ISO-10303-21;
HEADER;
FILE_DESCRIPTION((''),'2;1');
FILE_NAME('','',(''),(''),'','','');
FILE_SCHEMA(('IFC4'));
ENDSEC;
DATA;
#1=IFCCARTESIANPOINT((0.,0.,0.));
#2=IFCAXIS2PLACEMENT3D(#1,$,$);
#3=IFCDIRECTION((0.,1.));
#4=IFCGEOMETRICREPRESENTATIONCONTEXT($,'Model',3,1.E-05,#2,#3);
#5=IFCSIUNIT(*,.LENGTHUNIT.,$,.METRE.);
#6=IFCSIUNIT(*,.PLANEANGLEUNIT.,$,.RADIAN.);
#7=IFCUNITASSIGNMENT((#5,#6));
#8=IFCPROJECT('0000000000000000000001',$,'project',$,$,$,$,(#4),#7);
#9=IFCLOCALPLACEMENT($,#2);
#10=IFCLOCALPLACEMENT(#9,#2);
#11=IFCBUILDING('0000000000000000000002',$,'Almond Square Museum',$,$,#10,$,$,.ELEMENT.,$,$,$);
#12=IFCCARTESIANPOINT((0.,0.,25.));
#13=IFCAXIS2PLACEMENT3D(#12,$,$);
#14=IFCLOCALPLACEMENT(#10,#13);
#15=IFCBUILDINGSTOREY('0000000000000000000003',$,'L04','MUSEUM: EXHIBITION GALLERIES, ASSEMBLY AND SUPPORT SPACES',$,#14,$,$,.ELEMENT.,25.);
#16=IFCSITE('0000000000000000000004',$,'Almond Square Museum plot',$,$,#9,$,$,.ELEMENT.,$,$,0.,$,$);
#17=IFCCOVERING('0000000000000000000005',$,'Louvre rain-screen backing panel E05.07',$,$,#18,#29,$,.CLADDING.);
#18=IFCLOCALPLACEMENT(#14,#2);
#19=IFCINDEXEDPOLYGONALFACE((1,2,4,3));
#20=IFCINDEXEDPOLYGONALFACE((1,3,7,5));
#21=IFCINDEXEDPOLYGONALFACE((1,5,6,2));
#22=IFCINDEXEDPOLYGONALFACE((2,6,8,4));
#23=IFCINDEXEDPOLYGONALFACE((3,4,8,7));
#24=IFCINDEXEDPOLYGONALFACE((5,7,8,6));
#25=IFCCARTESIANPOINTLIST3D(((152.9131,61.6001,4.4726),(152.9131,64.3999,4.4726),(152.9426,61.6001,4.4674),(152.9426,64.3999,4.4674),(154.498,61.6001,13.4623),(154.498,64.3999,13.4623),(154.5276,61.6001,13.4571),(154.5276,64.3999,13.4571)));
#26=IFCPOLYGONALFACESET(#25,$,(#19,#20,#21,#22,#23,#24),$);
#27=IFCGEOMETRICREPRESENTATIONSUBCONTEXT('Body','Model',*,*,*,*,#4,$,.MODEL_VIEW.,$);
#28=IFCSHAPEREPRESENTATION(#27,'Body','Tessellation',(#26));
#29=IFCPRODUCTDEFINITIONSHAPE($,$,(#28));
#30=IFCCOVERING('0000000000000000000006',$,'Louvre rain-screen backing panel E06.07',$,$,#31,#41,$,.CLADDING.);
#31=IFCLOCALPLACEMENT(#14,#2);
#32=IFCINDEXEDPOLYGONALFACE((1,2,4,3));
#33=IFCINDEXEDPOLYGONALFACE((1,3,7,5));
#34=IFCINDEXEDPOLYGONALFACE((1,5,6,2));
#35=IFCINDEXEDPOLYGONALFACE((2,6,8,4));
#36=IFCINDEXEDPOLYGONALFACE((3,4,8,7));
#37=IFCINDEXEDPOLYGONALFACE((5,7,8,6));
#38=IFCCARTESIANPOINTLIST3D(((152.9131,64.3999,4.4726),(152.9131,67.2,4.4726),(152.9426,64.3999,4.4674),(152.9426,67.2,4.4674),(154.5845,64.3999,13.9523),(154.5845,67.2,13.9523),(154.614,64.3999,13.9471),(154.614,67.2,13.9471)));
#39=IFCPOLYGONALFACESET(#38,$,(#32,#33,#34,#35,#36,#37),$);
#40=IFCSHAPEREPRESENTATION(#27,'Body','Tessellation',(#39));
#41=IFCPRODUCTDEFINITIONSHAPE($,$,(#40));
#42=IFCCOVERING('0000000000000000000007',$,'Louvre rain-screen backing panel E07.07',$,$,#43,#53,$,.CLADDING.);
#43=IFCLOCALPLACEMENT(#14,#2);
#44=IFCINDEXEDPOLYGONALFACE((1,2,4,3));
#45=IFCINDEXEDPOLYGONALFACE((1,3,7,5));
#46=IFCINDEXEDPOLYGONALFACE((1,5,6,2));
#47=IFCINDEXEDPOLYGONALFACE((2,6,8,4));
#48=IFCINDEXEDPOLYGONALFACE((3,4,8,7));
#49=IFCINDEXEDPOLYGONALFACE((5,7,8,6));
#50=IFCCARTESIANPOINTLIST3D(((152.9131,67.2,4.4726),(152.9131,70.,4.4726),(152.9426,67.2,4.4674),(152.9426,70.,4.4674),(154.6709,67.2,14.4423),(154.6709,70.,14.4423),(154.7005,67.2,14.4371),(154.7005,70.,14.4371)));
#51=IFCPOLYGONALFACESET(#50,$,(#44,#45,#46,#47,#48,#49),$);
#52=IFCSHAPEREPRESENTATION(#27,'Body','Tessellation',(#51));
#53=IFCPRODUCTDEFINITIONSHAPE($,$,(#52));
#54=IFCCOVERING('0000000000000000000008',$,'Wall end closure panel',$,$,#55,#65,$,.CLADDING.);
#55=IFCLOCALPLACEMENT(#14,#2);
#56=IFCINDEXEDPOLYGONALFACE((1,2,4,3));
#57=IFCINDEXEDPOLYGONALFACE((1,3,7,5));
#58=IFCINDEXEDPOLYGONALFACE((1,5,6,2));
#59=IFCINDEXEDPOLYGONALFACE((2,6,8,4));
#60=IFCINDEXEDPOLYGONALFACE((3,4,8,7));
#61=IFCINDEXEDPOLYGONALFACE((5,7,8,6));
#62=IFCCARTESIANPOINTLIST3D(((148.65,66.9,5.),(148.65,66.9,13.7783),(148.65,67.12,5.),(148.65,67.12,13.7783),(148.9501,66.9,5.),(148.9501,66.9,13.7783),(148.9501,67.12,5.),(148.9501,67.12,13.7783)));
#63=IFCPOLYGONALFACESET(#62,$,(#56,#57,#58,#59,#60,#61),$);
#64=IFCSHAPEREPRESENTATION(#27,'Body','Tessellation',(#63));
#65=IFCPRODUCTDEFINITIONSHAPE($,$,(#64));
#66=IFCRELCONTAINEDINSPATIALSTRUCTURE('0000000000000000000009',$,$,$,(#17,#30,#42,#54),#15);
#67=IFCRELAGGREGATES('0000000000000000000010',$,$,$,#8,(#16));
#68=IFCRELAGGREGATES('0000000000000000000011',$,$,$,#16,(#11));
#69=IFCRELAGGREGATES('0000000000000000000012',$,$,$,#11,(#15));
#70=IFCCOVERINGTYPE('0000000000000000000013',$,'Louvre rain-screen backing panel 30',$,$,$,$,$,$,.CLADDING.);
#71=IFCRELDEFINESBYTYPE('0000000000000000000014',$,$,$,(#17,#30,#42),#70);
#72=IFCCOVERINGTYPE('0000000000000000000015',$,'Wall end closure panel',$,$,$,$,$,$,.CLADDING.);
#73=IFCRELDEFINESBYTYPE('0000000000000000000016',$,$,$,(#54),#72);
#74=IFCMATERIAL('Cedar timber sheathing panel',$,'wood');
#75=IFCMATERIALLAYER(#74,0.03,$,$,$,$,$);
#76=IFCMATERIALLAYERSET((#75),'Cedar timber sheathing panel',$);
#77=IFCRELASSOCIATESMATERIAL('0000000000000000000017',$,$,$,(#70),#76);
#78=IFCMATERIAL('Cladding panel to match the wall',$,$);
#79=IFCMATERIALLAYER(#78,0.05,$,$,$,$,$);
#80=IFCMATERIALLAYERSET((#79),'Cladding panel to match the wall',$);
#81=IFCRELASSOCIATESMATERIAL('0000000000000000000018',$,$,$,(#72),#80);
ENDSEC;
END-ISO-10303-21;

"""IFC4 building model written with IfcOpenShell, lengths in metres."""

from ifc_helpers import new_model, si_unit, direction, frame, origin, origin_2d, place, context, subcontext, project, spatial, polyline, rectangle, outline, extrude, material, layer, layer_set, type_object, element, save


model = new_model("IFC4")

# Units and contexts
model_context = context("Model", 3, precision=1e-05, world=origin(), true_north=direction((0.0, 1.0)))
body_context = subcontext(model_context, "Body", "Model", "MODEL_VIEW")
ifc_project = project(units=[si_unit("LENGTHUNIT", "METRE"), si_unit("PLANEANGLEUNIT", "RADIAN")], contexts=[model_context])

# Site, building, storey
site_placement = place(None, origin())
site = spatial("IfcSite", under=ifc_project, at=site_placement, Name="Almond Square Museum plot", CompositionType="ELEMENT", RefElevation=0.0)
building_placement = place(site_placement, origin())
building = spatial("IfcBuilding", under=site, at=building_placement, Name="Almond Square Museum", CompositionType="ELEMENT")
storey_placement = place(building_placement, frame((0.0, 0.0, 25.0)))
storey = spatial("IfcBuildingStorey", under=building, at=storey_placement, Name="L04", Description="MUSEUM: EXHIBITION GALLERIES, ASSEMBLY AND SUPPORT SPACES", CompositionType="ELEMENT", Elevation=25.0)

# Coverings
ifc_material_1 = material(Name="Cedar timber sheathing panel", Category="wood")
ifc_layer_1 = layer(ifc_material_1, 0.03)
ifc_layer_set_1 = layer_set([ifc_layer_1], Name="Cedar timber sheathing panel")
covering_type_1 = type_object("IfcCoveringType", Name="Louvre rain-screen backing panel 30", PredefinedType="CLADDING", material=ifc_layer_set_1)
covering_1_placement = place(storey_placement, frame((152.928, 61.6001, 4.47), z_axis=(0.984811, 0.0, -0.17363), x_axis=(0.0, 1.0, 0.0)))
element("IfcCovering", 1, at=covering_1_placement, inside=storey, type_object=covering_type_1, Name="Louvre rain-screen backing panel E05.07", PredefinedType="CLADDING", context=body_context, shape_type="SweptSolid", body=[
    extrude(outline(polyline([(0.0, 0.0), (2.7998, 0.0), (2.7998, 9.1284), (0.0, 9.1284), (0.0, 0.0)])), frame((0.0, 0.0, -0.0151)), (0.0, 0.0, 1.0), 0.03),
])
covering_2_placement = place(storey_placement, frame((152.928, 64.3999, 4.47), z_axis=(0.98481, 0.0, -0.173633), x_axis=(0.0, 1.0, 0.0)))
element("IfcCovering", 2, at=covering_2_placement, inside=storey, type_object=covering_type_1, Name="Louvre rain-screen backing panel E06.07", PredefinedType="CLADDING", context=body_context, shape_type="SweptSolid", body=[
    extrude(outline(polyline([(0.0, 0.0), (2.8, 0.0), (2.8, 9.626), (0.0, 9.626), (0.0, 0.0)])), frame((0.0, 0.0, -0.0151)), (0.0, 0.0, 1.0), 0.03),
])
covering_3_placement = place(storey_placement, frame((152.928, 67.2, 4.47), z_axis=(0.98481, 0.0, -0.173637), x_axis=(0.0, 1.0, 0.0)))
element("IfcCovering", 3, at=covering_3_placement, inside=storey, type_object=covering_type_1, Name="Louvre rain-screen backing panel E07.07", PredefinedType="CLADDING", context=body_context, shape_type="SweptSolid", body=[
    extrude(outline(polyline([(0.0, 0.0), (2.8, 0.0), (2.8, 10.1235), (0.0, 10.1235), (0.0, 0.0)])), frame((0.0, 0.0, -0.0151)), (0.0, 0.0, 1.0), 0.03),
])
ifc_material_2 = material(Name="Cladding panel to match the wall")
ifc_layer_2 = layer(ifc_material_2, 0.05)
ifc_layer_set_2 = layer_set([ifc_layer_2], Name="Cladding panel to match the wall")
covering_type_2 = type_object("IfcCoveringType", Name="Wall end closure panel", PredefinedType="CLADDING", material=ifc_layer_set_2)
covering_4_placement = place(storey_placement, frame((148.8, 67.01, 5.0), z_axis=(0.0, 0.0, 1.0), x_axis=(1.0, 0.0, 0.0)))
element("IfcCovering", 4, at=covering_4_placement, inside=storey, type_object=covering_type_2, Name="Wall end closure panel", PredefinedType="CLADDING", context=body_context, shape_type="SweptSolid", body=[
    extrude(rectangle(XDim=0.3, YDim=0.22, at=origin_2d()), origin(), (0.0, 0.0, 1.0), 8.7783),
])

save(model, "model.ifc")
